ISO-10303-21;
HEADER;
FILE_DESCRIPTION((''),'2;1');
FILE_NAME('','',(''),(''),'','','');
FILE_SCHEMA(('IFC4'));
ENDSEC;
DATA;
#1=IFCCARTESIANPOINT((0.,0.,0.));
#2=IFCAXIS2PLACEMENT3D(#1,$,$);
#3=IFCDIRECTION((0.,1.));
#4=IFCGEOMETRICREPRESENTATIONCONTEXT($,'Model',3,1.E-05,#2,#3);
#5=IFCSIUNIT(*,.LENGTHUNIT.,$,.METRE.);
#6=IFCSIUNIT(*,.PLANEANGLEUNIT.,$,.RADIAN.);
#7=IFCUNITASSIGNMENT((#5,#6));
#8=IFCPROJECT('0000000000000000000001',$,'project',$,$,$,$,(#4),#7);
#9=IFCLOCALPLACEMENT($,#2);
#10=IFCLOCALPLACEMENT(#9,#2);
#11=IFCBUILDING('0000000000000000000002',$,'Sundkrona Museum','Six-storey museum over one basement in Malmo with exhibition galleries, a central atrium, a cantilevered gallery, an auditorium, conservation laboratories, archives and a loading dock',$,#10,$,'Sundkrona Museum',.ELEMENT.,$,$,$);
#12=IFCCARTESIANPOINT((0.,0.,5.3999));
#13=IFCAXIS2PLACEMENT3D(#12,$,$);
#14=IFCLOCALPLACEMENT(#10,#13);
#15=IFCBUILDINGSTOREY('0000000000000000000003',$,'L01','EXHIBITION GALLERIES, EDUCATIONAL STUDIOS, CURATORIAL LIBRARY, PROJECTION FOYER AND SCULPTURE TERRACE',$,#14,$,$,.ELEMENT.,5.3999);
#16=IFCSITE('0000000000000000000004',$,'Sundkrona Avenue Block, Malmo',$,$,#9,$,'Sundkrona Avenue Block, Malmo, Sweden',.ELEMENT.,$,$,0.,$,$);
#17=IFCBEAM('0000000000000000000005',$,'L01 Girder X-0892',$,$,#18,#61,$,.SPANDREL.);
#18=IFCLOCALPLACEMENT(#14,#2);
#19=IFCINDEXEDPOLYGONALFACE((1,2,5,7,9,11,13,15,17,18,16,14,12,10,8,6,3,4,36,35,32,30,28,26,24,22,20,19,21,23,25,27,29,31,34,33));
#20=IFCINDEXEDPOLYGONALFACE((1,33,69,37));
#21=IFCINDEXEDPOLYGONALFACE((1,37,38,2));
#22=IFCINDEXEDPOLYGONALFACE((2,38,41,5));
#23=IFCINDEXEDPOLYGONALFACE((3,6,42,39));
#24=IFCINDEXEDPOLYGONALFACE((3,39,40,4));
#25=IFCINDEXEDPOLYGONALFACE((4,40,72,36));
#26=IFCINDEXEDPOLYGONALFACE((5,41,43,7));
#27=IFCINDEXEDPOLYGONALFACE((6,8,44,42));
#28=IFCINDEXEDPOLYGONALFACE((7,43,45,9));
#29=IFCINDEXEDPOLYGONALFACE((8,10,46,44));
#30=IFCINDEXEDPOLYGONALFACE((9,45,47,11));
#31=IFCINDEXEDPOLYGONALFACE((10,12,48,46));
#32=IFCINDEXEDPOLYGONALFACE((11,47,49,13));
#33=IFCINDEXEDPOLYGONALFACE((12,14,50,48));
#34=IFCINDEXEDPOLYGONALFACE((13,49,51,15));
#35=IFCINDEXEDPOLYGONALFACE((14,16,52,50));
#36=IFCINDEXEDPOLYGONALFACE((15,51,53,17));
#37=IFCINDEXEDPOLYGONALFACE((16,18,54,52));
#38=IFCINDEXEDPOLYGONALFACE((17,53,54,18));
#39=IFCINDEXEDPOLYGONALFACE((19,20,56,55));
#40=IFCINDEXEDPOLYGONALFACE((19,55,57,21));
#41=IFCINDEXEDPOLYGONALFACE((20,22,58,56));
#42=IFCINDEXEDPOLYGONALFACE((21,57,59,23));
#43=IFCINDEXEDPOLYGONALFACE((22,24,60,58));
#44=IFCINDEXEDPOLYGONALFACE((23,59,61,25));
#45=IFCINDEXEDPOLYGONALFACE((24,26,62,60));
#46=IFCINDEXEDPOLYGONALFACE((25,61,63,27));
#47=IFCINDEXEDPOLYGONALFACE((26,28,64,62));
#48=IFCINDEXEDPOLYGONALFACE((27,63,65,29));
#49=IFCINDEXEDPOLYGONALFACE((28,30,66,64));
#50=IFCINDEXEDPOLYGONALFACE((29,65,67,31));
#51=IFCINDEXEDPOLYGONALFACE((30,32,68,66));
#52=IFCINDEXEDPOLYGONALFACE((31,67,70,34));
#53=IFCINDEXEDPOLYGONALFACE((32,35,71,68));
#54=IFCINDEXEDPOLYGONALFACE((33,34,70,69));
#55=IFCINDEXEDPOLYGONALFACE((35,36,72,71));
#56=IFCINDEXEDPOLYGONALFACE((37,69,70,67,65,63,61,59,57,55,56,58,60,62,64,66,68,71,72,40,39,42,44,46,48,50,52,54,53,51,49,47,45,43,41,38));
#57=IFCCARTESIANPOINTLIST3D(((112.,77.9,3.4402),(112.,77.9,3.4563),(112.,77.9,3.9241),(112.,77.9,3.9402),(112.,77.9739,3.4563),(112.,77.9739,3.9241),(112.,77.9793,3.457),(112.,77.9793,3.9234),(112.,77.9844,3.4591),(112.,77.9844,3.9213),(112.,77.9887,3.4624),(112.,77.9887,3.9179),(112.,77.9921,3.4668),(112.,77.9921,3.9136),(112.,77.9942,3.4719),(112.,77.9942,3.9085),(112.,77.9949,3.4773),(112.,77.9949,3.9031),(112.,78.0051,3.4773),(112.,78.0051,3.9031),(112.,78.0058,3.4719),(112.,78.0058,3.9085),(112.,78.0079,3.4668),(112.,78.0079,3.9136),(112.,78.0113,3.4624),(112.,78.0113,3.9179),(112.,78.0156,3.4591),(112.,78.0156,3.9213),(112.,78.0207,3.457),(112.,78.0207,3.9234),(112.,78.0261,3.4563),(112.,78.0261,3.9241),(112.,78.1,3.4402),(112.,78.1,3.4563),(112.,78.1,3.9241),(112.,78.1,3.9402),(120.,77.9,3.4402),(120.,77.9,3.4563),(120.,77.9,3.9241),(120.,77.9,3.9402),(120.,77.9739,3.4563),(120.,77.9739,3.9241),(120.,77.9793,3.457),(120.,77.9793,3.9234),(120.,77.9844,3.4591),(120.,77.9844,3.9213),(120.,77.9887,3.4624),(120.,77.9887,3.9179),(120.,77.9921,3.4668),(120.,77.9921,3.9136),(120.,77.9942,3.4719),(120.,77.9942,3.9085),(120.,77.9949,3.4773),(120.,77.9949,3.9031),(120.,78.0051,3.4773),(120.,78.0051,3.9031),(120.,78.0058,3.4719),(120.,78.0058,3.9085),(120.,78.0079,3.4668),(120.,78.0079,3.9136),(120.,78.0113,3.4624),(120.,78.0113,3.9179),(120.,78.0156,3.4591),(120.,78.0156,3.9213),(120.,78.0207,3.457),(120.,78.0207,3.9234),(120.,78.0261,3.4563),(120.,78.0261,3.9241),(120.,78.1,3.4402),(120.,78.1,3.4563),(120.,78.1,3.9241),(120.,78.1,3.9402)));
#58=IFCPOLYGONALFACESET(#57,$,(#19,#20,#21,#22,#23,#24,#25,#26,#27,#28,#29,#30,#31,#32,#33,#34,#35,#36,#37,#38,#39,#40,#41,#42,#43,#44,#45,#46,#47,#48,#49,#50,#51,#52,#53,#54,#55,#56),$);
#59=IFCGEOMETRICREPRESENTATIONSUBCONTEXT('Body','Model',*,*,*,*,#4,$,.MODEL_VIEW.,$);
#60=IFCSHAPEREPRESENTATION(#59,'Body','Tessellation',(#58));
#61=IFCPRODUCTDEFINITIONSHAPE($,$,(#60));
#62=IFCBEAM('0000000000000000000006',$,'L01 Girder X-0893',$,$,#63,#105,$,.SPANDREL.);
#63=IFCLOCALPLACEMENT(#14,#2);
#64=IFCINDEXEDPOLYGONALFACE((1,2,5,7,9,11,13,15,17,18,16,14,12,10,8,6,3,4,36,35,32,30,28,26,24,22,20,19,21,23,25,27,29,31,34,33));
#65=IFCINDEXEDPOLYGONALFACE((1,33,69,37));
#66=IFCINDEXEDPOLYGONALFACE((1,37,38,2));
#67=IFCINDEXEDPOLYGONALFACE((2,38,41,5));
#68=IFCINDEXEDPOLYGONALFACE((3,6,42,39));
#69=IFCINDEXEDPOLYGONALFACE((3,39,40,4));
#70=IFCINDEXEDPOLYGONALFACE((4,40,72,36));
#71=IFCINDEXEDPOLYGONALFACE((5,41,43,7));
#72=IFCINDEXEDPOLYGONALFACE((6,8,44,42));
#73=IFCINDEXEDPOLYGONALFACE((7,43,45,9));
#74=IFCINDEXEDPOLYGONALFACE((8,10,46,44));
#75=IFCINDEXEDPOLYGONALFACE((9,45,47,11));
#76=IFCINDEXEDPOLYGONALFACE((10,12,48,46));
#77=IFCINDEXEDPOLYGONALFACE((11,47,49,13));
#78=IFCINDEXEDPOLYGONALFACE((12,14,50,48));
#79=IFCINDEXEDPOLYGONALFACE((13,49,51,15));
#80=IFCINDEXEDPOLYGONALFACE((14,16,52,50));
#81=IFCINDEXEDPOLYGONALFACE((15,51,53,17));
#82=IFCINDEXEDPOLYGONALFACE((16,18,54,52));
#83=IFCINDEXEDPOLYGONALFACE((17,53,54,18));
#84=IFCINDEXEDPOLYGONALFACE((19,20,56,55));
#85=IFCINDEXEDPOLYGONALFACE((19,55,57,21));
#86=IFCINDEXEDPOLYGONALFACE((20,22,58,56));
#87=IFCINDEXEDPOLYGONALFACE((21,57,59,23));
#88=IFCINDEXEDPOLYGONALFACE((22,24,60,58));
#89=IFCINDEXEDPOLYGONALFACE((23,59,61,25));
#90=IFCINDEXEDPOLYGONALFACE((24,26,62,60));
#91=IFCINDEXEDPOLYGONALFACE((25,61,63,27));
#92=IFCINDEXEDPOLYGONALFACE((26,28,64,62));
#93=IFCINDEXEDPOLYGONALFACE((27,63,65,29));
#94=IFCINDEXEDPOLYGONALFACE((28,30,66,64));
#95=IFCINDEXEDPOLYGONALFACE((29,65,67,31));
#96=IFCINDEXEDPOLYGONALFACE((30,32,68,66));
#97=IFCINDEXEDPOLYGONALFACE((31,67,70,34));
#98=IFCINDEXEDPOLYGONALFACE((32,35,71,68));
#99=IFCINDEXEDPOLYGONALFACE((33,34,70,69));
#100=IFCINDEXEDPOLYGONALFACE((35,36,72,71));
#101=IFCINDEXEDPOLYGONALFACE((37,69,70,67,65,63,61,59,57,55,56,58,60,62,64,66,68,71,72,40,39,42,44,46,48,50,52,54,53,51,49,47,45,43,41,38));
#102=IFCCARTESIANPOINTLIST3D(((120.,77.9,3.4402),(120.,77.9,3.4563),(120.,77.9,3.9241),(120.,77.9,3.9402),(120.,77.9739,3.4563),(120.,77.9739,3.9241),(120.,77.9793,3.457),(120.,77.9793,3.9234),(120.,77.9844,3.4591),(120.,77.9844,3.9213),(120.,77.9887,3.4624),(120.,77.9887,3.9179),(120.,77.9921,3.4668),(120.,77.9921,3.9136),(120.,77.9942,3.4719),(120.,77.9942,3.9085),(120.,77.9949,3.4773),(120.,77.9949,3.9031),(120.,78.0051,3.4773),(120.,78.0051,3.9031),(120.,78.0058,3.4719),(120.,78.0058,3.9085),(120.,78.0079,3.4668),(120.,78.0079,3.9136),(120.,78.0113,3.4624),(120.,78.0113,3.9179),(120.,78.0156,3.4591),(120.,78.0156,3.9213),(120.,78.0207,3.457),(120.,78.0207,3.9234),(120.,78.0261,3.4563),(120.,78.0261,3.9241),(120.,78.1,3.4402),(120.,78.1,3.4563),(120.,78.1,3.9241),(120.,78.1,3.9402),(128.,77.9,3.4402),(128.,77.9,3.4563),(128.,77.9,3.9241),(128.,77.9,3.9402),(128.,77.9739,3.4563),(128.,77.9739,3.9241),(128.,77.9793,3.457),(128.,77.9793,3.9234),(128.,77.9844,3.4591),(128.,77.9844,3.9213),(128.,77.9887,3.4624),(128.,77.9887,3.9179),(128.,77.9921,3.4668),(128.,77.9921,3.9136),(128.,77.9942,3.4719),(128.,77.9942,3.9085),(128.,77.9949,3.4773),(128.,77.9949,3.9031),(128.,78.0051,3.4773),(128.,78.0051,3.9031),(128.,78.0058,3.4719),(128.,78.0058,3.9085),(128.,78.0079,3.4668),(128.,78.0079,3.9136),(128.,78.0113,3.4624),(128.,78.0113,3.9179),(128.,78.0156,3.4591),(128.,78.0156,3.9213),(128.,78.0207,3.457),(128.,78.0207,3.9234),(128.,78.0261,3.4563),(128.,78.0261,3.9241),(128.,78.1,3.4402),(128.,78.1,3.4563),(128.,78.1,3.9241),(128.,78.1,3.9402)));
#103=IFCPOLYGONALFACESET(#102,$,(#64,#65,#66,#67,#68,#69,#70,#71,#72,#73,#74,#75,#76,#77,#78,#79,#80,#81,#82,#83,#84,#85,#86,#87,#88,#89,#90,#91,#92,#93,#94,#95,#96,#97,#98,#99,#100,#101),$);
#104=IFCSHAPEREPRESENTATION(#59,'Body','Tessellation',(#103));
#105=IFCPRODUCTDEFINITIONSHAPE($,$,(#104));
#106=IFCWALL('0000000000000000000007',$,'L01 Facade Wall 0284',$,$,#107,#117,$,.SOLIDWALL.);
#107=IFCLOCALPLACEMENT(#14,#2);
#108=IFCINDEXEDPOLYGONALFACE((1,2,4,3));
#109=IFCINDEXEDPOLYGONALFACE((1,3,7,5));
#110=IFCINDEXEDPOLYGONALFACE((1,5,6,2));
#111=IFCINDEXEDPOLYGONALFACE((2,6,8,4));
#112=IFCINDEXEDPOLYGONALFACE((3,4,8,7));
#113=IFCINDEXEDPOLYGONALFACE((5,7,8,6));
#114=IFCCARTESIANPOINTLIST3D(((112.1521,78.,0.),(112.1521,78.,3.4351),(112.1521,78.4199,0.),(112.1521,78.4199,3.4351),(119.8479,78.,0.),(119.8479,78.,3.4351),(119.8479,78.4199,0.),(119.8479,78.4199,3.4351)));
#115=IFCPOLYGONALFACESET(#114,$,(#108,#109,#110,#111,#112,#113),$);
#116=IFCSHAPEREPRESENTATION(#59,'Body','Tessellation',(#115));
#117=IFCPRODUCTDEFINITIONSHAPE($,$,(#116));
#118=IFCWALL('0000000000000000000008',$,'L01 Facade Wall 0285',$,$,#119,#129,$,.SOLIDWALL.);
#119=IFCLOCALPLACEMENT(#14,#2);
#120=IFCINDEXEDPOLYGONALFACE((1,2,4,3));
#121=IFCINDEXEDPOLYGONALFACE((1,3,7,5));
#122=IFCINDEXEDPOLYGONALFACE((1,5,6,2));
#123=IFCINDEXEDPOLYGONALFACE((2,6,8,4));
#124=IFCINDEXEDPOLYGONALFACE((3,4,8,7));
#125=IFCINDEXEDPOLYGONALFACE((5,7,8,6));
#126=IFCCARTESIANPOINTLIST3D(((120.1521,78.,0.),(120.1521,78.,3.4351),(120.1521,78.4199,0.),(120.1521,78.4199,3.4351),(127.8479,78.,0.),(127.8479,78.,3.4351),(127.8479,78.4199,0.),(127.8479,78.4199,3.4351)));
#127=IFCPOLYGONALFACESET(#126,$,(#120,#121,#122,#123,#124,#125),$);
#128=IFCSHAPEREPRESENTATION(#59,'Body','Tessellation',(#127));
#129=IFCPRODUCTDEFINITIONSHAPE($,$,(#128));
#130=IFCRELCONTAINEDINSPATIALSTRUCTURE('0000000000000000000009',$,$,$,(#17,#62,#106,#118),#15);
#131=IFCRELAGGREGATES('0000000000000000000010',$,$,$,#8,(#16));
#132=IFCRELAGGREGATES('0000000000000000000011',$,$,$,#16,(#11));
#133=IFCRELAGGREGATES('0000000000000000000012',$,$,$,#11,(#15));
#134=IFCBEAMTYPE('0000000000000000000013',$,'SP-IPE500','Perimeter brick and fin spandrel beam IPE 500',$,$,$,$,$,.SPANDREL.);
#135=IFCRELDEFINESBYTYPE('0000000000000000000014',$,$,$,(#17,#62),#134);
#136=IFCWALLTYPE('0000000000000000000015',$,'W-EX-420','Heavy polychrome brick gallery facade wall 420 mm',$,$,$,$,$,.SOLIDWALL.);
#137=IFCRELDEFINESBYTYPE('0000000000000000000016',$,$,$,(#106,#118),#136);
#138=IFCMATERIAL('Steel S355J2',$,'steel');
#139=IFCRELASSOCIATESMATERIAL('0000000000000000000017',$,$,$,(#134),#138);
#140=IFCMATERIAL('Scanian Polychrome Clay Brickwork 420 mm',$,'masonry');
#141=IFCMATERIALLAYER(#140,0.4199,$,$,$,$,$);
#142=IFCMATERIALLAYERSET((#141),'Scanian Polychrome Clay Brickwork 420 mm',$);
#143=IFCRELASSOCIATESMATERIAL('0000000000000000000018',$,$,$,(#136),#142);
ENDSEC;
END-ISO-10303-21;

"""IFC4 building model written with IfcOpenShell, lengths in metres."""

from ifc_helpers import new_model, si_unit, direction, frame, frame_2d, origin, origin_2d, place, context, subcontext, project, spatial, rectangle, i_section, extrude, material, layer, layer_set, material_profile, profile_set, type_object, element, save


model = new_model("IFC4")

# Units and contexts
model_context = context("Model", 3, precision=1e-05, world=origin(), true_north=direction((0.0, 1.0)))
body_context = subcontext(model_context, "Body", "Model", "MODEL_VIEW")
ifc_project = project(units=[si_unit("LENGTHUNIT", "METRE"), si_unit("PLANEANGLEUNIT", "RADIAN")], contexts=[model_context])

# Site, building, storey
site_placement = place(None, origin())
site = spatial("IfcSite", under=ifc_project, at=site_placement, Name="Sundkrona Avenue Block, Malmo", LongName="Sundkrona Avenue Block, Malmo, Sweden", CompositionType="ELEMENT", RefElevation=0.0)
building_placement = place(site_placement, origin())
building = spatial("IfcBuilding", under=site, at=building_placement, Name="Sundkrona Museum", Description="Six-storey museum over one basement in Malmo with exhibition galleries, a central atrium, a cantilevered gallery, an auditorium, conservation laboratories, archives and a loading dock", LongName="Sundkrona Museum", CompositionType="ELEMENT")
storey_placement = place(building_placement, frame((0.0, 0.0, 5.3999)))
storey = spatial("IfcBuildingStorey", under=building, at=storey_placement, Name="L01", Description="EXHIBITION GALLERIES, EDUCATIONAL STUDIOS, CURATORIAL LIBRARY, PROJECTION FOYER AND SCULPTURE TERRACE", CompositionType="ELEMENT", Elevation=5.3999)

# Shared definitions
ifc_material_1 = material(Name="Steel S355J2", Category="steel")

# Beams
ifc_material_profile_1 = material_profile(ifc_material_1, i_section(OverallWidth=0.2, OverallDepth=0.5, WebThickness=0.0103, FlangeThickness=0.0161, FilletRadius=0.021, at=origin_2d()), Name="IPE 500")
ifc_profile_set_1 = profile_set([ifc_material_profile_1], Name="Steel S355J2")
beam_type_1 = type_object("IfcBeamType", Name="SP-IPE500", Description="Perimeter brick and fin spandrel beam IPE 500", PredefinedType="SPANDREL", material=ifc_profile_set_1)
for number, where, z_axis, x_axis, name in (
    (1, (112.0, 78.0, 3.6902), (1.0, 0.0, 0.0), (0.0, 1.0, 0.0), "L01 Girder X-0892"),
    (2, (120.0, 78.0, 3.6902), (1.0, 0.0, 0.0), (0.0, 1.0, 0.0), "L01 Girder X-0893"),
):
    element("IfcBeam", number, at=place(storey_placement, frame(where, z_axis=z_axis, x_axis=x_axis)), inside=storey, type_object=beam_type_1, Name=name, PredefinedType="SPANDREL", context=body_context, shape_type="SweptSolid", body=[
        extrude(i_section(OverallWidth=0.2, OverallDepth=0.5, WebThickness=0.0103, FlangeThickness=0.0161, FilletRadius=0.021, at=origin_2d()), origin(), (0.0, 0.0, 1.0), 8.0),
    ])

# Walls
ifc_material_2 = material(Name="Scanian Polychrome Clay Brickwork 420 mm", Category="masonry")
ifc_layer = layer(ifc_material_2, 0.4199)
ifc_layer_set = layer_set([ifc_layer], Name="Scanian Polychrome Clay Brickwork 420 mm")
wall_type = type_object("IfcWallType", Name="W-EX-420", Description="Heavy polychrome brick gallery facade wall 420 mm", PredefinedType="SOLIDWALL", material=ifc_layer_set)
for number, where, z_axis, x_axis, name in (
    (3, (119.8479, 78.21, 0.0), (0.0, 0.0, 1.0), (-1.0, 0.0, 0.0), "L01 Facade Wall 0284"),
    (4, (127.8479, 78.21, 0.0), (0.0, 0.0, 1.0), (-1.0, 0.0, 0.0), "L01 Facade Wall 0285"),
):
    element("IfcWall", number, at=place(storey_placement, frame(where, z_axis=z_axis, x_axis=x_axis)), inside=storey, type_object=wall_type, Name=name, PredefinedType="SOLIDWALL", context=body_context, shape_type="SweptSolid", body=[
        extrude(rectangle(XDim=7.6958, YDim=0.4199, at=frame_2d((3.8479, 0.0))), origin(), (0.0, 0.0, 1.0), 3.4351),
    ])

save(model, "model.ifc")
